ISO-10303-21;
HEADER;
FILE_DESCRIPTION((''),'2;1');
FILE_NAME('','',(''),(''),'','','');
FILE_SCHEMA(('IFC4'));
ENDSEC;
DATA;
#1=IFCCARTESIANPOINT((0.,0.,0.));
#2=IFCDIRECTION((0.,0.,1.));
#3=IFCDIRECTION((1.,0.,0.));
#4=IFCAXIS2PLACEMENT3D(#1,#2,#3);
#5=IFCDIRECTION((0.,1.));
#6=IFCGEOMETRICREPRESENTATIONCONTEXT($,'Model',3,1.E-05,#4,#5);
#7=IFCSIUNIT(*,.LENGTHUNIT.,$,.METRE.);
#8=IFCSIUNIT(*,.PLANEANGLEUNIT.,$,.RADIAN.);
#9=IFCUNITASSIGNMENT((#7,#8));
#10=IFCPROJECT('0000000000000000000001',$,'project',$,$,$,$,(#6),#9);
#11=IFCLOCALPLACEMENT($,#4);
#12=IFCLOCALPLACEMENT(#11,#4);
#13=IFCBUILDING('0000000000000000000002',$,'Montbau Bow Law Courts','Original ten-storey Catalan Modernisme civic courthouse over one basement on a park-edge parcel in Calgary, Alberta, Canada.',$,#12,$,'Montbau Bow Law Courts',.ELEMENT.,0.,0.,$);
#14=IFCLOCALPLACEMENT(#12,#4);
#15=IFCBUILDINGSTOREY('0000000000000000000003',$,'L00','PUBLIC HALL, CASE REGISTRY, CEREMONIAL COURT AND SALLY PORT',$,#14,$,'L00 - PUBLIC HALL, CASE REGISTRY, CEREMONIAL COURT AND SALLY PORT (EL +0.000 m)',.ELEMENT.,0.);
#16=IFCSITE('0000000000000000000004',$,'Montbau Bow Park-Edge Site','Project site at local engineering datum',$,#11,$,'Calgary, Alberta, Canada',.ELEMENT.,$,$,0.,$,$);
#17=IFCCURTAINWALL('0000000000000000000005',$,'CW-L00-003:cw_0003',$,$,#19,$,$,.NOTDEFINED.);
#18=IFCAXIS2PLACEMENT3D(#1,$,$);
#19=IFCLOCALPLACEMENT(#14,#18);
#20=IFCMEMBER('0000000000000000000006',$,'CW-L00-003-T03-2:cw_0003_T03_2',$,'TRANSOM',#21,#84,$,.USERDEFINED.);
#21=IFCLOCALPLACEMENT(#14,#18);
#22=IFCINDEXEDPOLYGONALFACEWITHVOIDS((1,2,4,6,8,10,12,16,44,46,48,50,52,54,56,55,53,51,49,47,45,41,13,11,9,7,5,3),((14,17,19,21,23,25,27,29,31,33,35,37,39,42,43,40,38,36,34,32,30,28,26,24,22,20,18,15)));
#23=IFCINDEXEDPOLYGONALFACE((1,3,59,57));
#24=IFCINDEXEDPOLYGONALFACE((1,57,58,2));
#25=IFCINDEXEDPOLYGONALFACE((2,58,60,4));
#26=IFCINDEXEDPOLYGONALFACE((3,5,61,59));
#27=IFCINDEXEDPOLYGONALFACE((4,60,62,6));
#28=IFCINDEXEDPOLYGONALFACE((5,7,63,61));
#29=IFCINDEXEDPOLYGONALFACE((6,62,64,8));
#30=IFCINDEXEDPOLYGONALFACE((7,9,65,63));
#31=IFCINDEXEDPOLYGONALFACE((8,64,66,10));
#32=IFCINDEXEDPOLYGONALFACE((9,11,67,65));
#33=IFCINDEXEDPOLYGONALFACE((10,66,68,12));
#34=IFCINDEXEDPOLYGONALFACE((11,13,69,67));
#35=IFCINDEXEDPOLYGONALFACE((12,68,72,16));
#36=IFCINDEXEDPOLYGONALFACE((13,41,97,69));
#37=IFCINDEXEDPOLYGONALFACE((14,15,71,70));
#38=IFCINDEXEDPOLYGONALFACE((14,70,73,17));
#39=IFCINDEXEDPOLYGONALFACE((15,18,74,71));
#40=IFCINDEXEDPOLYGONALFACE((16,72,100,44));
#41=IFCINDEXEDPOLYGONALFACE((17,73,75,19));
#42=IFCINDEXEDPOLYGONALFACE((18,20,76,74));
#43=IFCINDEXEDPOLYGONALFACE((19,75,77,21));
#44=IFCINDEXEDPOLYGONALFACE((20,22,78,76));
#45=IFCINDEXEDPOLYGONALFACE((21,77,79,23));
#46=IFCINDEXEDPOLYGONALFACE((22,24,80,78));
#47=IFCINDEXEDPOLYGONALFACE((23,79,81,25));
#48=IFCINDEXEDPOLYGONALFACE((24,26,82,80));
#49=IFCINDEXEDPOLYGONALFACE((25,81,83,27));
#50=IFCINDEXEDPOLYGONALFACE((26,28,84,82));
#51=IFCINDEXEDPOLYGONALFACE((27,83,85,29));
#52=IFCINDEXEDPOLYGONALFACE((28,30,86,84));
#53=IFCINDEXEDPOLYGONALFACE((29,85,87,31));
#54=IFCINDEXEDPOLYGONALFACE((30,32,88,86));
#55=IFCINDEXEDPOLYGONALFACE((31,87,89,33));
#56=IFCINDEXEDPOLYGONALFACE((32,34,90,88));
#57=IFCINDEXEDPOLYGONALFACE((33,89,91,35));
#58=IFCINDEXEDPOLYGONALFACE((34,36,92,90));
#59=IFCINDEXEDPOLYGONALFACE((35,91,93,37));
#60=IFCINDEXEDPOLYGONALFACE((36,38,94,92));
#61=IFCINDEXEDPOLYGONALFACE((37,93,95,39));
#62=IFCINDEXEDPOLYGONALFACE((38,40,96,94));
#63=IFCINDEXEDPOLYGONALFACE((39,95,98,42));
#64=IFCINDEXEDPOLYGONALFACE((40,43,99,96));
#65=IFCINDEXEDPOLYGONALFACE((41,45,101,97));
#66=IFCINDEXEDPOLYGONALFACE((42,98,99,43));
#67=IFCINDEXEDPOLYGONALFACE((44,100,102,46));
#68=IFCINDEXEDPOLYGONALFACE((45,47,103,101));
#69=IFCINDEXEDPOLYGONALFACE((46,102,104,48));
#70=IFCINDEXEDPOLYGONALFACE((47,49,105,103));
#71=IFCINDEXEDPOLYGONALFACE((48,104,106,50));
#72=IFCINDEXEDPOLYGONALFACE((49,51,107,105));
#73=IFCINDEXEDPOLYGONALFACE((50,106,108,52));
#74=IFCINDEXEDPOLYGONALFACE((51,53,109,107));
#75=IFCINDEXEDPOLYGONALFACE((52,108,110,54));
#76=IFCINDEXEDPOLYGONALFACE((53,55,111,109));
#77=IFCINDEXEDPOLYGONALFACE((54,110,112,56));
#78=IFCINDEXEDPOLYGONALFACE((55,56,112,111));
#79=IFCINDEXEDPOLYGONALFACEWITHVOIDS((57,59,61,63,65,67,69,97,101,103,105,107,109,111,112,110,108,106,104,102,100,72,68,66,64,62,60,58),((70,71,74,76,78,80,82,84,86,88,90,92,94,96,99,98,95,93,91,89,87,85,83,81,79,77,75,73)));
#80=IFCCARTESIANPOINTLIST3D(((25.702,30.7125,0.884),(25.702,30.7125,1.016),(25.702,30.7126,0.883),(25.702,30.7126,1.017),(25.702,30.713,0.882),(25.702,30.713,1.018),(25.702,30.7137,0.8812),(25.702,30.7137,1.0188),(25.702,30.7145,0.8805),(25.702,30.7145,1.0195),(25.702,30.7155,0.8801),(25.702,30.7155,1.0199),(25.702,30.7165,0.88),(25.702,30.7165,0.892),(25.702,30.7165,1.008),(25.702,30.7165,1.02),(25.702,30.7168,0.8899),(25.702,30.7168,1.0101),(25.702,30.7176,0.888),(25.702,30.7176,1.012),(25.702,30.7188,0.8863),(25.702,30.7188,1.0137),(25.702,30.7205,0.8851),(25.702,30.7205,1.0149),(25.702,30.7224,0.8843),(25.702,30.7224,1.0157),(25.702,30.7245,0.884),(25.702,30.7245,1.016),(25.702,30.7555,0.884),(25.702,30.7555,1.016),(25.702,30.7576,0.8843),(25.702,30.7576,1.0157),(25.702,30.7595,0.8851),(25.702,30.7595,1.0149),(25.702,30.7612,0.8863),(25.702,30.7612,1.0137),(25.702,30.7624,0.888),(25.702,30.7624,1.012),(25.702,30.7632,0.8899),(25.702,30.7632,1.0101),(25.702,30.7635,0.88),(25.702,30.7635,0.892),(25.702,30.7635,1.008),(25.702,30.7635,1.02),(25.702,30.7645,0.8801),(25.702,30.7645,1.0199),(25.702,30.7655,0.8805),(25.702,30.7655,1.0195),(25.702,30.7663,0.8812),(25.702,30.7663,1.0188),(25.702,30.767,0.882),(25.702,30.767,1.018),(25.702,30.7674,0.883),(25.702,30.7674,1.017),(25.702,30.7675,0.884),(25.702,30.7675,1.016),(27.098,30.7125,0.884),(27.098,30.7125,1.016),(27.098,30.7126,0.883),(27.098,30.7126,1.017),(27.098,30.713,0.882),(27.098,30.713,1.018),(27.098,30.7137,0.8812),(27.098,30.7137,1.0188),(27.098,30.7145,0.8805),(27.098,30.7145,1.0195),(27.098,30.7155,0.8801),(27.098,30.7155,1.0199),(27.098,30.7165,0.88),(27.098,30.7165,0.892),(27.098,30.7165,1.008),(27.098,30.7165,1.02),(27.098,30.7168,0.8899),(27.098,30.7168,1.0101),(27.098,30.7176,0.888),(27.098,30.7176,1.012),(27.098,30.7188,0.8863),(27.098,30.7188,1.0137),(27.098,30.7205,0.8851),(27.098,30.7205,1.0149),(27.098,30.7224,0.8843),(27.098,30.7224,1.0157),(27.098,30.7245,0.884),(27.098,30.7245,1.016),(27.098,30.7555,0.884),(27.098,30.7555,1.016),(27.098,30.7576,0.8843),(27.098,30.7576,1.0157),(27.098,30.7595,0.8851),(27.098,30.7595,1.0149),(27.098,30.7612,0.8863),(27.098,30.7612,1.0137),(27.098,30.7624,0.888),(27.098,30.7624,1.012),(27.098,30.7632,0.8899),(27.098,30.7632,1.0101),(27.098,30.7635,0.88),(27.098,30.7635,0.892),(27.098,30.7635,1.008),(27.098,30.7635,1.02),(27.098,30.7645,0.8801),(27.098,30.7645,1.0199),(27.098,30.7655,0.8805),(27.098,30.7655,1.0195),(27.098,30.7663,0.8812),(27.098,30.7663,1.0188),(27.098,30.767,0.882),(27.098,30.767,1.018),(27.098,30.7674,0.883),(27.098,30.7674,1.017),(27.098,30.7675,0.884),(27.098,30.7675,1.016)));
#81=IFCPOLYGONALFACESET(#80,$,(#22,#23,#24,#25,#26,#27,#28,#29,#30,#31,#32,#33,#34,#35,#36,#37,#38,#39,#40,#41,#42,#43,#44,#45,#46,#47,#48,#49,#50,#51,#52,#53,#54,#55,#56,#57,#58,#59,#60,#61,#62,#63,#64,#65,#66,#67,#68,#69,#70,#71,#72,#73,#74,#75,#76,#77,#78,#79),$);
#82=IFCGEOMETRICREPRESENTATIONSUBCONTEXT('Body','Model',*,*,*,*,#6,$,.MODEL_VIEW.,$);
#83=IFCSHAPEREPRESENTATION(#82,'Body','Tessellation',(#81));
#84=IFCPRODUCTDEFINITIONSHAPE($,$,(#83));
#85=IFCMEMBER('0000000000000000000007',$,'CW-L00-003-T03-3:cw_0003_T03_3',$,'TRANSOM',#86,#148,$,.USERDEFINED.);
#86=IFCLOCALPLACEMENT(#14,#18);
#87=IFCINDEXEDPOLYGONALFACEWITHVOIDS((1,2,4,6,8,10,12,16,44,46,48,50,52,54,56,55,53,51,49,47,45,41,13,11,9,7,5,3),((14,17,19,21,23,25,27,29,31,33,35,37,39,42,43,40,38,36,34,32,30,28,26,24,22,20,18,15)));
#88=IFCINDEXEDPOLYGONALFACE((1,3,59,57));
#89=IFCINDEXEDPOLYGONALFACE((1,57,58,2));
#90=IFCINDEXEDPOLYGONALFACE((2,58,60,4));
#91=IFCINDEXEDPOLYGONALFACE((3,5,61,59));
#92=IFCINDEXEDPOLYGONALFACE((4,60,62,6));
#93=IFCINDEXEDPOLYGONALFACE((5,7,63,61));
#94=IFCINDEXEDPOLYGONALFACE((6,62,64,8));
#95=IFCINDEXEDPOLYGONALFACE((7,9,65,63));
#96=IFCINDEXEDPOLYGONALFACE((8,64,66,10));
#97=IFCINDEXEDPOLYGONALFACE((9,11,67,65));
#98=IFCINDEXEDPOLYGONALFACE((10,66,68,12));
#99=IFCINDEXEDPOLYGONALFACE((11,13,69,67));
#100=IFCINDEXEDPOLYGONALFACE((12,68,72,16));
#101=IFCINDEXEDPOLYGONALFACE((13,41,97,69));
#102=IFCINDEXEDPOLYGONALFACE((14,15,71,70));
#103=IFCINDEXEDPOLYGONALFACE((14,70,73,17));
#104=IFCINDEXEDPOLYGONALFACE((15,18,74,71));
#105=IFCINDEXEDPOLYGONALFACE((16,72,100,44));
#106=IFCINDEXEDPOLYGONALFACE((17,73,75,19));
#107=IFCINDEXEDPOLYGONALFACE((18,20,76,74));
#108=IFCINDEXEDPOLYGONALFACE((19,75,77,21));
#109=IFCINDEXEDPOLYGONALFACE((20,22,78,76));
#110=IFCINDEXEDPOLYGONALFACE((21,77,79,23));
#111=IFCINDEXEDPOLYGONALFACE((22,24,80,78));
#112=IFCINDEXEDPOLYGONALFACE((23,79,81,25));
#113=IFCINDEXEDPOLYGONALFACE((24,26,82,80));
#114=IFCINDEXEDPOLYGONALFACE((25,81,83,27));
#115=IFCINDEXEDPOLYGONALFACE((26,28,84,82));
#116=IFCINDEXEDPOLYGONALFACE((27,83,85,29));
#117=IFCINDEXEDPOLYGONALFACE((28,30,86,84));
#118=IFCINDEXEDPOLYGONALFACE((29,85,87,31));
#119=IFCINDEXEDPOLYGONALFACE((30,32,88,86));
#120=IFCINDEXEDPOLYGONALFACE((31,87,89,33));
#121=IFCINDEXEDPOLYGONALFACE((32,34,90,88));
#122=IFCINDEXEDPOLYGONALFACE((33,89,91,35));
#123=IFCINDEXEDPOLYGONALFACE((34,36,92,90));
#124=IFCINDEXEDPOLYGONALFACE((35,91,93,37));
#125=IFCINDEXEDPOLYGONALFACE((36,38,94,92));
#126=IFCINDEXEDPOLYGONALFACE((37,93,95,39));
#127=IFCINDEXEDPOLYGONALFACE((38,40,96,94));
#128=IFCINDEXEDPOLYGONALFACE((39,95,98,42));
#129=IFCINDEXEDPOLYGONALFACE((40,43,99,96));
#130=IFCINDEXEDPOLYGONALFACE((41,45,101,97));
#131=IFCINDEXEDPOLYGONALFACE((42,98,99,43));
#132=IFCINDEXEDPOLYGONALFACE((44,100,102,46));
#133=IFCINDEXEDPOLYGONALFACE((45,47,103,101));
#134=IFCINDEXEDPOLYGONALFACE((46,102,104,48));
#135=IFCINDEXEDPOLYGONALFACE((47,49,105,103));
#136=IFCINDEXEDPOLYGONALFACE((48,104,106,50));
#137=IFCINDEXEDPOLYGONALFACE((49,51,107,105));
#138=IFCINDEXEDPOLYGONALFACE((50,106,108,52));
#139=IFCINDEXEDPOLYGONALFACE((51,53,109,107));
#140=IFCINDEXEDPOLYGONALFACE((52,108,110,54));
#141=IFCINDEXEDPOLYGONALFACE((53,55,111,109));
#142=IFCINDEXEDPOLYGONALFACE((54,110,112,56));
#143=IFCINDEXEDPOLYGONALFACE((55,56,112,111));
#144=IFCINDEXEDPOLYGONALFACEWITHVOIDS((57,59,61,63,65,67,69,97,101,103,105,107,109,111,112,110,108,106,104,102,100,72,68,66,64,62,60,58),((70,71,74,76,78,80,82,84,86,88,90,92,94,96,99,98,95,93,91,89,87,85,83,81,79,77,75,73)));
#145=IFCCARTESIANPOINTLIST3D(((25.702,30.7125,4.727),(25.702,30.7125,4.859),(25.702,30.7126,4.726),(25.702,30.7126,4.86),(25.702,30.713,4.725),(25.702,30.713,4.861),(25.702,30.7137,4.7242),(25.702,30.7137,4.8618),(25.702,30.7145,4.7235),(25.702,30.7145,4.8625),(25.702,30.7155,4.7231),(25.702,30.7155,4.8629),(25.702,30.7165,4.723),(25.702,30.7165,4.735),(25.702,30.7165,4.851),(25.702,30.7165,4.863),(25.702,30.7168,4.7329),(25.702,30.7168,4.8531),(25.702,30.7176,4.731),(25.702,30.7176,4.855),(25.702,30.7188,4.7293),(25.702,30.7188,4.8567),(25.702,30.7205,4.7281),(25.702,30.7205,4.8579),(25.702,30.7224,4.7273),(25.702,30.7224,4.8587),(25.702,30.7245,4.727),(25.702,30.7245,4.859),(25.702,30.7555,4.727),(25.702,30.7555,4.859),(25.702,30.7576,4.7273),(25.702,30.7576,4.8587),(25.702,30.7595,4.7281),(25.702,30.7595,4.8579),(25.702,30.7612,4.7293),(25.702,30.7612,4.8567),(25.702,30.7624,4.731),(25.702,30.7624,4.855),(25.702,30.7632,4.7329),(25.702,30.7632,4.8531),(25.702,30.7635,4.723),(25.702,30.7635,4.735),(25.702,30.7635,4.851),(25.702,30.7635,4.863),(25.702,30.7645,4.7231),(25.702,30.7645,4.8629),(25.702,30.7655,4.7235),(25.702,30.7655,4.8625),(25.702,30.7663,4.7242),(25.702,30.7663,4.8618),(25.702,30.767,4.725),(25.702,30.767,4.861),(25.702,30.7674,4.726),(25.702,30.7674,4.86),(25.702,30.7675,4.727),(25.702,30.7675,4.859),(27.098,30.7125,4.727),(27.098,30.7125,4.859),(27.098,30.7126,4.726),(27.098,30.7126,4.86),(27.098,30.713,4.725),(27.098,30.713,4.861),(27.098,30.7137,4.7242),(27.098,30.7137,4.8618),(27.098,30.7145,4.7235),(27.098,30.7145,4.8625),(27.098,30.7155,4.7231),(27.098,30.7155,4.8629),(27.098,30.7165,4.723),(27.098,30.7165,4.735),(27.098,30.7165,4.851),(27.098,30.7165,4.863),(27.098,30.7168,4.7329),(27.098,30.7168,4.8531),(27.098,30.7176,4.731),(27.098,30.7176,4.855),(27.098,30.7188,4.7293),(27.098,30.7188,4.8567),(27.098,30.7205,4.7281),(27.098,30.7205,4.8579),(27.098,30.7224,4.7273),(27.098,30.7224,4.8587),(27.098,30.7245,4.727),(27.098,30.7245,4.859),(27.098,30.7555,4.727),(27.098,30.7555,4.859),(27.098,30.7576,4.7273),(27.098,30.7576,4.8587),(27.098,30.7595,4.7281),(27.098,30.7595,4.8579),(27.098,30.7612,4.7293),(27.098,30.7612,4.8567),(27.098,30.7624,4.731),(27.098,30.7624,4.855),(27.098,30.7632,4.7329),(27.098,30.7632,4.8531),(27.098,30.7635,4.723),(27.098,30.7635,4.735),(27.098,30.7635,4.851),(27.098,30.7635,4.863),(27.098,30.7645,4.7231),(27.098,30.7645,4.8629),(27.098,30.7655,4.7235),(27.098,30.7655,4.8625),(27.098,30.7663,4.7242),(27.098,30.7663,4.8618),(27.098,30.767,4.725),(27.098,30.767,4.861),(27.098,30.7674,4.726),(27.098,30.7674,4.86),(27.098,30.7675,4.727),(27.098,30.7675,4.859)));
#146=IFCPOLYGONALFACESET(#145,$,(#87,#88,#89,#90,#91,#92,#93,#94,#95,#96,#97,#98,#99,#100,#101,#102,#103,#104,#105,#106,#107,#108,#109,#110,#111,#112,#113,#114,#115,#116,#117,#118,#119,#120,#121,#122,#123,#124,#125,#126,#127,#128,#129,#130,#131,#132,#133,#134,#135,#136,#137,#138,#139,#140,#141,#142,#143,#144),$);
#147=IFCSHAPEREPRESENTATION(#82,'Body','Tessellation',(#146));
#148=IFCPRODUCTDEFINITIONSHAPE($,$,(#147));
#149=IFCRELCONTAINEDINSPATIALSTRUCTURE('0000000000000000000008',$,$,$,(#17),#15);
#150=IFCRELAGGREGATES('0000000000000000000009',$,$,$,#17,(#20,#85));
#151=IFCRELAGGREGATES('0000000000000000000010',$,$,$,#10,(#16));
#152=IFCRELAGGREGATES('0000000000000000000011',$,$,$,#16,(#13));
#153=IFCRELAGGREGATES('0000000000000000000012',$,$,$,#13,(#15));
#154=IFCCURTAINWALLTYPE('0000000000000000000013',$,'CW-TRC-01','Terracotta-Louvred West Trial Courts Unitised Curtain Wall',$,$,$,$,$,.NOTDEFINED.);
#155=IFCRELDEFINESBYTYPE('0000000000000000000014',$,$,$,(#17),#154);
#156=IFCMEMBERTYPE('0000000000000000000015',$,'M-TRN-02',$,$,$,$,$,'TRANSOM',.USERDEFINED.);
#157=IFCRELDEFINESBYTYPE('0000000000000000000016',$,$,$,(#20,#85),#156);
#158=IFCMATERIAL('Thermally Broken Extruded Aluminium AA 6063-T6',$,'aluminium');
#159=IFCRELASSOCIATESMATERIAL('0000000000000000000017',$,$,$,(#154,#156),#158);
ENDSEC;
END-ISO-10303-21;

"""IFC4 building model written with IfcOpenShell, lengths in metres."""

from ifc_helpers import new_model, si_unit, direction, frame, origin_with_axes, origin_2d_with_axis, place, context, subcontext, project, spatial, hollow_rectangle, extrude, material, material_profile, profile_set, type_object, element, aggregate, save


model = new_model("IFC4")

# Units and contexts
model_context = context("Model", 3, precision=1e-05, world=origin_with_axes(), true_north=direction((0.0, 1.0)))
body_context = subcontext(model_context, "Body", "Model", "MODEL_VIEW")
ifc_project = project(units=[si_unit("LENGTHUNIT", "METRE"), si_unit("PLANEANGLEUNIT", "RADIAN")], contexts=[model_context])

# Site, building, storey
site_placement = place(None, origin_with_axes())
site = spatial("IfcSite", under=ifc_project, at=site_placement, Name="Montbau Bow Park-Edge Site", Description="Project site at local engineering datum", LongName="Calgary, Alberta, Canada", CompositionType="ELEMENT", RefElevation=0.0)
building_placement = place(site_placement, origin_with_axes())
building = spatial("IfcBuilding", under=site, at=building_placement, Name="Montbau Bow Law Courts", Description="Original ten-storey Catalan Modernisme civic courthouse over one basement on a park-edge parcel in Calgary, Alberta, Canada.", LongName="Montbau Bow Law Courts", CompositionType="ELEMENT", ElevationOfRefHeight=0.0, ElevationOfTerrain=0.0)
storey_placement = place(building_placement, origin_with_axes())
storey = spatial("IfcBuildingStorey", under=building, at=storey_placement, Name="L00", Description="PUBLIC HALL, CASE REGISTRY, CEREMONIAL COURT AND SALLY PORT", LongName="L00 - PUBLIC HALL, CASE REGISTRY, CEREMONIAL COURT AND SALLY PORT (EL +0.000 m)", CompositionType="ELEMENT", Elevation=0.0)

# Curtain wall
ifc_material_1 = material(Name="Thermally Broken Extruded Aluminium AA 6063-T6", Category="aluminium")
curtain_wall_type = type_object("IfcCurtainWallType", Name="CW-TRC-01", Description="Terracotta-Louvred West Trial Courts Unitised Curtain Wall", PredefinedType="NOTDEFINED", material=ifc_material_1)
curtain_wall_1_placement = place(None, frame((22.715, 30.74, 0.0), z_axis=(0.0, 0.0, 1.0), x_axis=(1.0, 0.0, 0.0)))
curtain_wall_1 = element("IfcCurtainWall", 1, at=curtain_wall_1_placement, inside=storey, type_object=curtain_wall_type, Name="CW-L00-003:cw_0003", PredefinedType="NOTDEFINED")

# Members
ifc_material_profile_1 = material_profile(ifc_material_1, hollow_rectangle(XDim=0.055, YDim=0.14, WallThickness=0.004, InnerFilletRadius=0.008, OuterFilletRadius=0.004, at=origin_2d_with_axis()), Name="CWT-140X55", Category="Main", Priority=0)
ifc_profile_set_1 = profile_set([ifc_material_profile_1], Name="Thermally Broken Extruded Aluminium AA 6063-T6")
member_type_1 = type_object("IfcMemberType", Name="M-TRN-02", ElementType="TRANSOM", PredefinedType="USERDEFINED", material=ifc_profile_set_1)
member_1_placement = place(None, frame((25.702, 30.74, 0.95), z_axis=(1.0, 0.0, 0.0), x_axis=(0.0, 1.0, 0.0)))
member_1 = element("IfcMember", 2, at=member_1_placement, type_object=member_type_1, Name="CW-L00-003-T03-2:cw_0003_T03_2", ObjectType="TRANSOM", PredefinedType="USERDEFINED", context=body_context, shape_type="SweptSolid", body=[
    extrude(hollow_rectangle(XDim=0.055, YDim=0.14, WallThickness=0.004, InnerFilletRadius=0.008, OuterFilletRadius=0.004, at=origin_2d_with_axis()), origin_with_axes(), (0.0, 0.0, 1.0), 1.396),
])
member_2_placement = place(None, frame((25.702, 30.74, 4.793), z_axis=(1.0, 0.0, 0.0), x_axis=(0.0, 1.0, 0.0)))
member_2 = element("IfcMember", 3, at=member_2_placement, type_object=member_type_1, Name="CW-L00-003-T03-3:cw_0003_T03_3", ObjectType="TRANSOM", PredefinedType="USERDEFINED", context=body_context, shape_type="SweptSolid", body=[
    extrude(hollow_rectangle(XDim=0.055, YDim=0.14, WallThickness=0.004, InnerFilletRadius=0.008, OuterFilletRadius=0.004, at=origin_2d_with_axis()), origin_with_axes(), (0.0, 0.0, 1.0), 1.396),
])

aggregate(curtain_wall_1, [member_1, member_2])

save(model, "model.ifc")
